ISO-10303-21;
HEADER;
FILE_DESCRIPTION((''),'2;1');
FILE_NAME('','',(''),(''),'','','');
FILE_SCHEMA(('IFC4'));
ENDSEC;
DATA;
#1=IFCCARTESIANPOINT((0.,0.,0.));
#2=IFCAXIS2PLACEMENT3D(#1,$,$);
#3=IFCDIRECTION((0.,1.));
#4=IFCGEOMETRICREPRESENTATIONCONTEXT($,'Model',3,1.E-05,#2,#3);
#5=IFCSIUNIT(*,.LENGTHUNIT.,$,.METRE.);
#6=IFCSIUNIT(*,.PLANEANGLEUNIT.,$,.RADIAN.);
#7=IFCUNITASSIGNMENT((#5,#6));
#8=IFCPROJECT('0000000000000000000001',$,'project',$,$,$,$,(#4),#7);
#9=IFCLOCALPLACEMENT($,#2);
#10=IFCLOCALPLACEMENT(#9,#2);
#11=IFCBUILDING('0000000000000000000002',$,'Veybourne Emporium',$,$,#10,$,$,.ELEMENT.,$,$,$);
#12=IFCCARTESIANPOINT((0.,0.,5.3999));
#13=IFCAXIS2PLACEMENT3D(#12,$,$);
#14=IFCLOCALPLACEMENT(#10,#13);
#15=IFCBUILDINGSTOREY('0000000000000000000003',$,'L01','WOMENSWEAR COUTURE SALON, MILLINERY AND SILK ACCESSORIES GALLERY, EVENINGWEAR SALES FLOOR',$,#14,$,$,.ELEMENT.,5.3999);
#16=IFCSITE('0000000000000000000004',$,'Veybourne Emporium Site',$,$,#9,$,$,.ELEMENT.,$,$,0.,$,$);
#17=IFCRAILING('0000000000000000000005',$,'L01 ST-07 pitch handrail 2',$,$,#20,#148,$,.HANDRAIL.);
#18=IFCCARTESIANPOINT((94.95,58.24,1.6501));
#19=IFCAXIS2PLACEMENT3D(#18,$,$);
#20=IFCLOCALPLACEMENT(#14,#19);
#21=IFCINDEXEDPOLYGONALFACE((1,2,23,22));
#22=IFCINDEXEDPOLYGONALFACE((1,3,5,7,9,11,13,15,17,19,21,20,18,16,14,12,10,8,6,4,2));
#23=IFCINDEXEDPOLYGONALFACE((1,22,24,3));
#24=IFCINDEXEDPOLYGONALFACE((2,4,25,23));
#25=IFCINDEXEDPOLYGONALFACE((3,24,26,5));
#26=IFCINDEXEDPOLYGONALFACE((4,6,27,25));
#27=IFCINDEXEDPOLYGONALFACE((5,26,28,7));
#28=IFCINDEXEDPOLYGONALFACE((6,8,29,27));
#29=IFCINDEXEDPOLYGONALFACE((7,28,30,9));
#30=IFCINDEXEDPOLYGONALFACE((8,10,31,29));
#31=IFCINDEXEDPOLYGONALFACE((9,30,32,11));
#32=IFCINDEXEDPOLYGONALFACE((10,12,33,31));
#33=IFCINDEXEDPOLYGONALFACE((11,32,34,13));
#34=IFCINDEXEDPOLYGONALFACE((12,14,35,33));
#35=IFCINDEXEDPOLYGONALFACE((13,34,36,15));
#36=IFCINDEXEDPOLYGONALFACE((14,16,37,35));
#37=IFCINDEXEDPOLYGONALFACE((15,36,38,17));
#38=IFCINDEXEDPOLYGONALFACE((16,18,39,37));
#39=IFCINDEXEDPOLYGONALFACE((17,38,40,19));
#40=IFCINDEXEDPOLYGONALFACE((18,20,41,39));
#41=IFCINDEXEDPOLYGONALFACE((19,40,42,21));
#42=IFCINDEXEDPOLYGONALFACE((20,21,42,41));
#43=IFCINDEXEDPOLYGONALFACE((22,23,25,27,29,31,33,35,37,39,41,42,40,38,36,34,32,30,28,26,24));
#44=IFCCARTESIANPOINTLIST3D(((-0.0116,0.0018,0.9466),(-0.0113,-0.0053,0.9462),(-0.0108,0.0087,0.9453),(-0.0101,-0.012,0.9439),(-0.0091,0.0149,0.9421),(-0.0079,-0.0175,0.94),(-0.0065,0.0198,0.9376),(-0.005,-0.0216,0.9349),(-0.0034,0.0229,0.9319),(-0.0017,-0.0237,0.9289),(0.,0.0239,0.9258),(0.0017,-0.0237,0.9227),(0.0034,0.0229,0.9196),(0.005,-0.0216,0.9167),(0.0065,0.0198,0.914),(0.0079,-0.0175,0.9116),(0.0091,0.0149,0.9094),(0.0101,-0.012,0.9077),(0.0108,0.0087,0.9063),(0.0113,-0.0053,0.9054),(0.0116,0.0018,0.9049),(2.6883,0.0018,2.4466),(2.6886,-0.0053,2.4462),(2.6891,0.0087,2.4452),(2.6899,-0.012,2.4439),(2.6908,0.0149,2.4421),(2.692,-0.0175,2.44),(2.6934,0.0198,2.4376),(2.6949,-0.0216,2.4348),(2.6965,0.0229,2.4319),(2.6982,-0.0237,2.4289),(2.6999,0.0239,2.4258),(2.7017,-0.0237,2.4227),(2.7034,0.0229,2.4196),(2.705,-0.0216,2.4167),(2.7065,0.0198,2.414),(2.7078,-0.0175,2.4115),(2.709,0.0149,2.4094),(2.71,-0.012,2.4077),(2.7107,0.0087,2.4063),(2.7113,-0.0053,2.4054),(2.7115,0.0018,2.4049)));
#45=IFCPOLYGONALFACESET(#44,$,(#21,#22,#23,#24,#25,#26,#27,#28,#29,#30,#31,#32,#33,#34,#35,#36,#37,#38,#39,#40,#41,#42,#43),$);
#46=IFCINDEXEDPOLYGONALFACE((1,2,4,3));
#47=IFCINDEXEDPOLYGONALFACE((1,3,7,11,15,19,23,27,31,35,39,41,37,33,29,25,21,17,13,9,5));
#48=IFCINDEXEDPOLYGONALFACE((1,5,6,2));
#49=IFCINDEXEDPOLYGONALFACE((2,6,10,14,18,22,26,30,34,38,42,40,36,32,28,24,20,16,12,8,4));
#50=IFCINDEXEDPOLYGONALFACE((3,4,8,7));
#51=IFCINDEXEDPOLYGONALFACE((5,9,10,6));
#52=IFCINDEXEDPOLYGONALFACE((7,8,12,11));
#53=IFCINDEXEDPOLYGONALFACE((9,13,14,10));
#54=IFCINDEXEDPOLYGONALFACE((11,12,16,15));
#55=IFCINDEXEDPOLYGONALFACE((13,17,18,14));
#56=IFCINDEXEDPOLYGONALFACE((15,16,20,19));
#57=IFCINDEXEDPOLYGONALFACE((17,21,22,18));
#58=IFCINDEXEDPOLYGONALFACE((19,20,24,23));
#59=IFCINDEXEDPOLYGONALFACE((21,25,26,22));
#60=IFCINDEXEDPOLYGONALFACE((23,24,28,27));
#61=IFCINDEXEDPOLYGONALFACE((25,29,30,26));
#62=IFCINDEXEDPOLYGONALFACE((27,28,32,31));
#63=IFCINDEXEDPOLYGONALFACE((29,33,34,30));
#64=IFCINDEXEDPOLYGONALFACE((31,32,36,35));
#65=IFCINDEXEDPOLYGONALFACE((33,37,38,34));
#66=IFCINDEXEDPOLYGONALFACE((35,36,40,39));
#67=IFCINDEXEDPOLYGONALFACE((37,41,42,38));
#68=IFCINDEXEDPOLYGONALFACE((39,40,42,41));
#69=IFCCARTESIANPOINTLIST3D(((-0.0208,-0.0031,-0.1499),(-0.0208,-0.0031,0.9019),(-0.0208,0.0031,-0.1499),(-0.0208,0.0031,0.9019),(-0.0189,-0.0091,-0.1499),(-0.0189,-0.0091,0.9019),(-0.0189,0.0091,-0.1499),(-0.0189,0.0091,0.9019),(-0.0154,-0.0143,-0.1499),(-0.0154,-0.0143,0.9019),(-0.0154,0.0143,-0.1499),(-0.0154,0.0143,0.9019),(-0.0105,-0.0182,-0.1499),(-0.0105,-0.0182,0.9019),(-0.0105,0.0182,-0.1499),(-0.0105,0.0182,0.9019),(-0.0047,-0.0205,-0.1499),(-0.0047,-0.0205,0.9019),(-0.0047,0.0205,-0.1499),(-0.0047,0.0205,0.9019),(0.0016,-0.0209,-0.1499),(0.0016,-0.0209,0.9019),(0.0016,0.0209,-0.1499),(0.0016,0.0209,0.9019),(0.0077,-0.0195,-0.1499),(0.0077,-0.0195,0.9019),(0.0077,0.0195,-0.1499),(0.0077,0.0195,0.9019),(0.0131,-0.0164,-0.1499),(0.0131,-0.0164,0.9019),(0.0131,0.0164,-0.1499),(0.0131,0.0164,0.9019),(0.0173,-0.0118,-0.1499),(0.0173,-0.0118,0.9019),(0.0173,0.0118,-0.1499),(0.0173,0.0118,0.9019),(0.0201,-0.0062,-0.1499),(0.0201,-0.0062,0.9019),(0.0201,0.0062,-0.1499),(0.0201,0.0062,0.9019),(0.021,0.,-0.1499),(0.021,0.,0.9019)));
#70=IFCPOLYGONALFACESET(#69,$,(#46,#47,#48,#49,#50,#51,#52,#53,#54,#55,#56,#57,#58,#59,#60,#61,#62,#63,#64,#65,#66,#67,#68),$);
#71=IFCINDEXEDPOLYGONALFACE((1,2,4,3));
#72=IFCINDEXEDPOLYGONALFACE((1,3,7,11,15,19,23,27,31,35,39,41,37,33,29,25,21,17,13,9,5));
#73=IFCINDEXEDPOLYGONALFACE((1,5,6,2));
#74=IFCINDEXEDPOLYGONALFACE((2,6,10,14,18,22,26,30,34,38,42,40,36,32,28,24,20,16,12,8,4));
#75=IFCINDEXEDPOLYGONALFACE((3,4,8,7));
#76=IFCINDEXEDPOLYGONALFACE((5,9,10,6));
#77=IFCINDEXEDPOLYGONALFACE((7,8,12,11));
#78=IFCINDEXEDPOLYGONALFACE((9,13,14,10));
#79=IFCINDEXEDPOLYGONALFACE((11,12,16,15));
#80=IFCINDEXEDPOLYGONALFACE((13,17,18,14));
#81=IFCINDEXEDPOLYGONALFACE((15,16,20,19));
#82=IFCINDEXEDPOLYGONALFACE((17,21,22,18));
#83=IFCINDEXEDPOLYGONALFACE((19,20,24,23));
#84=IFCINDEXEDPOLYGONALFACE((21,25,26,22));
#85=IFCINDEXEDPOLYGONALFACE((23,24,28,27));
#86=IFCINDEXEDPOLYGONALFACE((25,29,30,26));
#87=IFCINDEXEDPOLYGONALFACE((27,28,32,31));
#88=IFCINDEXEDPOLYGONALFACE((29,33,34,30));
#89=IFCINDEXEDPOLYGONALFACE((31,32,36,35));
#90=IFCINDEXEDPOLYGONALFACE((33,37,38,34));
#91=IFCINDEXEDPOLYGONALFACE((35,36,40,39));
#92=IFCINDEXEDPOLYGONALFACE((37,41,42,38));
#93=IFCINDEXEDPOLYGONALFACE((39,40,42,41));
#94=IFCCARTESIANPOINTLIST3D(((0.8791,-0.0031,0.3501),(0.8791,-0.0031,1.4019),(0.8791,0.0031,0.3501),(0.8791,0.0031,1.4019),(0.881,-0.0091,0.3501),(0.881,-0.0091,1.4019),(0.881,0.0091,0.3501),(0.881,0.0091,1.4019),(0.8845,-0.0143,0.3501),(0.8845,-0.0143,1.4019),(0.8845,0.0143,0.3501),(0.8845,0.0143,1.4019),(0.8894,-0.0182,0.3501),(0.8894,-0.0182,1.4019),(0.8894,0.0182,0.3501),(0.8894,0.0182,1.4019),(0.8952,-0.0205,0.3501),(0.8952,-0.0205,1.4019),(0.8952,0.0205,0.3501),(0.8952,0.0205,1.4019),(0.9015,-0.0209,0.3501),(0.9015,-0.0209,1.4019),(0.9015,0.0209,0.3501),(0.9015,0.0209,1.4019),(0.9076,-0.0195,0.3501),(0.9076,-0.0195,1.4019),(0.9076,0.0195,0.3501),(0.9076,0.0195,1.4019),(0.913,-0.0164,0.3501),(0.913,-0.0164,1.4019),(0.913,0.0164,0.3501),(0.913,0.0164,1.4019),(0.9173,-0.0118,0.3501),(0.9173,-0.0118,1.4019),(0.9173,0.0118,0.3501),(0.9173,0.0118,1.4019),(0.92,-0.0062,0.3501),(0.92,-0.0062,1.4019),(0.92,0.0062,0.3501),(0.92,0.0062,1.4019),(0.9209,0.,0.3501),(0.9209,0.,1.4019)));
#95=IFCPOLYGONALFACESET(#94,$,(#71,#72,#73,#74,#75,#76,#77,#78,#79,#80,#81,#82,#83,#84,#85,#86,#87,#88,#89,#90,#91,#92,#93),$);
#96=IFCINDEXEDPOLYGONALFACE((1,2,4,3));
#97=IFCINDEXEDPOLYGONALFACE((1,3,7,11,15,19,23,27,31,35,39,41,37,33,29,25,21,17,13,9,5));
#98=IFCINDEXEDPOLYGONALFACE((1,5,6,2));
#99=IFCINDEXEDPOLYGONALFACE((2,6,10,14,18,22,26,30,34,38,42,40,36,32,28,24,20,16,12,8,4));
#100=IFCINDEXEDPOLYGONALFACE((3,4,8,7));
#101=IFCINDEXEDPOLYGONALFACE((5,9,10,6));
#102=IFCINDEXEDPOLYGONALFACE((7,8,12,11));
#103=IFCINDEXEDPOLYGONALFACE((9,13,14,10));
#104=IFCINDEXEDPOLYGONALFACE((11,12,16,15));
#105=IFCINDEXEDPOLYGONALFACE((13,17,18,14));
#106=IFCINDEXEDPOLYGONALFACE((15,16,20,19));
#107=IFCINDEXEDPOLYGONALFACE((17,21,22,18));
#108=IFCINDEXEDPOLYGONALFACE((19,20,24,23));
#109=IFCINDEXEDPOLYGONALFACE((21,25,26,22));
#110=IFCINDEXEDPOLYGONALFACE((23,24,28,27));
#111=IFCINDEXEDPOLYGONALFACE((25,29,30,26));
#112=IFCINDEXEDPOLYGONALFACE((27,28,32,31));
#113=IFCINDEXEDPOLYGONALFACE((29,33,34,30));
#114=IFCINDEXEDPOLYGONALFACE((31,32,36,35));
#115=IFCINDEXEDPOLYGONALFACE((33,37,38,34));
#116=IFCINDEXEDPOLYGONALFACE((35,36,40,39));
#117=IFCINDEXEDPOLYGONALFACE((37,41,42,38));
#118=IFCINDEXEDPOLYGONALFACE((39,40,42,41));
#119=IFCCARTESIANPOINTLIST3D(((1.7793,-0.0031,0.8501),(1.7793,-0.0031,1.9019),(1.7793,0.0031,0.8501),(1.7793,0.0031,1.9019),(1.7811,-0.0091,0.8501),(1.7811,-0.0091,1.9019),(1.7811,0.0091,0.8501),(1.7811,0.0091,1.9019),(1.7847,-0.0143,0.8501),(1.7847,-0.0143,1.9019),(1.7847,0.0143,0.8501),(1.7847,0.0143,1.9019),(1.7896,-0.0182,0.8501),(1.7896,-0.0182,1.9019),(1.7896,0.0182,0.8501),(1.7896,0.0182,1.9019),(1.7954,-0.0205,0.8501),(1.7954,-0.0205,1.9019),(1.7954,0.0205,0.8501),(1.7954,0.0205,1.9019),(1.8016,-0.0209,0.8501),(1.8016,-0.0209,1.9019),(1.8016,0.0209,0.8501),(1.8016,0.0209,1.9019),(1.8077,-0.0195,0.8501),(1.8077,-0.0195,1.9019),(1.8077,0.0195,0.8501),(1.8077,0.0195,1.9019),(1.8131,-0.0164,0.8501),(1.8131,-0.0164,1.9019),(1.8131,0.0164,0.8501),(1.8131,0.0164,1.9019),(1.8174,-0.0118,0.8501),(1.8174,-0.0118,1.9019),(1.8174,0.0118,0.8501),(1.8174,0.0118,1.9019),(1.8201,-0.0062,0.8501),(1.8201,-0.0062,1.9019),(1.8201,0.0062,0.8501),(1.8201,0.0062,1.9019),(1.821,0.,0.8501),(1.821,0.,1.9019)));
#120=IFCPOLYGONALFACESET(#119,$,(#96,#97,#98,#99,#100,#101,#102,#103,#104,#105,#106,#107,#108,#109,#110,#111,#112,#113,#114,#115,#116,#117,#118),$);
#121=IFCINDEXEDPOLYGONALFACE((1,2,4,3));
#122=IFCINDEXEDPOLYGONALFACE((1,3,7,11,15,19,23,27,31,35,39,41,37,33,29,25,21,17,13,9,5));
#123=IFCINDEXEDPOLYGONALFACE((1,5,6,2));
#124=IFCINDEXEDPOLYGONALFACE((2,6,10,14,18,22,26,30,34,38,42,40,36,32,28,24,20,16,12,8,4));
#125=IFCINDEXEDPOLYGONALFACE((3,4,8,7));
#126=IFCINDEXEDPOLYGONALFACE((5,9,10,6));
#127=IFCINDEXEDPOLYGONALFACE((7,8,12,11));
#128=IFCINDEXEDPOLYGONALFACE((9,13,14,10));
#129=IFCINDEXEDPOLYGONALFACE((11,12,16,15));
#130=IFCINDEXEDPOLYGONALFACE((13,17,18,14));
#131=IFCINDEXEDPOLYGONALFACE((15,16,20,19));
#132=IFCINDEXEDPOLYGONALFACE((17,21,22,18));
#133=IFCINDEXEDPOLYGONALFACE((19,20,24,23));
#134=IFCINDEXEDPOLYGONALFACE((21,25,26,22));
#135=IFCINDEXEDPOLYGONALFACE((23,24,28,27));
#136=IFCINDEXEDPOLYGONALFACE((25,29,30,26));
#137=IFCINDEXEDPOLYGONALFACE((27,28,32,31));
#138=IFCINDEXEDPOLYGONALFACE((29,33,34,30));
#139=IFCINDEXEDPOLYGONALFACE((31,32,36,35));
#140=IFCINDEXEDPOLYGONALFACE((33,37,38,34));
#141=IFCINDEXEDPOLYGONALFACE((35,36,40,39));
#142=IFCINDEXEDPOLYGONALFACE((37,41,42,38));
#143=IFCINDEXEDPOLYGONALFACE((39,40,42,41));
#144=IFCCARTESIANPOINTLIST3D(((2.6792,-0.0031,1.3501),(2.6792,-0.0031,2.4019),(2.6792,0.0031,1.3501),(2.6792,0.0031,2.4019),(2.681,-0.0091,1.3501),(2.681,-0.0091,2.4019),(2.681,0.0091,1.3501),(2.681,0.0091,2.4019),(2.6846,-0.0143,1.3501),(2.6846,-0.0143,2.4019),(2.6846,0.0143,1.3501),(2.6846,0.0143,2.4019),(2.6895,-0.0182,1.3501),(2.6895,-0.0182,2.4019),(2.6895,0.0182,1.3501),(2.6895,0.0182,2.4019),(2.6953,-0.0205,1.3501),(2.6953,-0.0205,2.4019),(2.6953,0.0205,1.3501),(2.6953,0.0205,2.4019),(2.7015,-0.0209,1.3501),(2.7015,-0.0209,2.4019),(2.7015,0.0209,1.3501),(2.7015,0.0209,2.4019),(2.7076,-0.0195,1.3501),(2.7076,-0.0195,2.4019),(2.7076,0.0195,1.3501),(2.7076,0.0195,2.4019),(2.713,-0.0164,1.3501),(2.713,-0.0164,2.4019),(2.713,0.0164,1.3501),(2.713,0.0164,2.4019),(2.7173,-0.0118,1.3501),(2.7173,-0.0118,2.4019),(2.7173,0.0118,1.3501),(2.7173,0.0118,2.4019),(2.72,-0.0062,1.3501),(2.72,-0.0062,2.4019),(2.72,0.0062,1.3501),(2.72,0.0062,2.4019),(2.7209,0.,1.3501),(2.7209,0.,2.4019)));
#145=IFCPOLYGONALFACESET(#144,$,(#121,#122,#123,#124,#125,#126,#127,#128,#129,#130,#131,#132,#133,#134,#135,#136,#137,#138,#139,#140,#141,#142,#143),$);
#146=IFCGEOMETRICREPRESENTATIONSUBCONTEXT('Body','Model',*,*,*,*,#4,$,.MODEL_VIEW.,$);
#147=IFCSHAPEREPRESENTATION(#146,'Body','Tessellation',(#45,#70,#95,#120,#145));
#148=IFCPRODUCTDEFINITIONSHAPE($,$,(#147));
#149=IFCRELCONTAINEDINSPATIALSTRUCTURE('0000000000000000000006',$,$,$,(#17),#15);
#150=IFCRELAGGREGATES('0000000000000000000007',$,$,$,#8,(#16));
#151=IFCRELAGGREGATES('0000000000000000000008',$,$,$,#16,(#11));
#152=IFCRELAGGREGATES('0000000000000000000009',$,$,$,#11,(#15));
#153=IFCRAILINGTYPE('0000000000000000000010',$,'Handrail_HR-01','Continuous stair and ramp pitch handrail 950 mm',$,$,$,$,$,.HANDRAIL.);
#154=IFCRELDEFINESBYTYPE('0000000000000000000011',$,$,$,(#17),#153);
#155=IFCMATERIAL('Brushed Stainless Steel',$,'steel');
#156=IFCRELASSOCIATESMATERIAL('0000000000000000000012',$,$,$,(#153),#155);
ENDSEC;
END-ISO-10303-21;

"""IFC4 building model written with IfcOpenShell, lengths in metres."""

from ifc_helpers import new_model, si_unit, direction, frame, origin, origin_2d, place, context, subcontext, project, spatial, circle, extrude, material, type_object, element, save


model = new_model("IFC4")

# Units and contexts
model_context = context("Model", 3, precision=1e-05, world=origin(), true_north=direction((0.0, 1.0)))
body_context = subcontext(model_context, "Body", "Model", "MODEL_VIEW")
ifc_project = project(units=[si_unit("LENGTHUNIT", "METRE"), si_unit("PLANEANGLEUNIT", "RADIAN")], contexts=[model_context])

# Site, building, storey
site_placement = place(None, origin())
site = spatial("IfcSite", under=ifc_project, at=site_placement, Name="Veybourne Emporium Site", CompositionType="ELEMENT", RefElevation=0.0)
building_placement = place(site_placement, origin())
building = spatial("IfcBuilding", under=site, at=building_placement, Name="Veybourne Emporium", CompositionType="ELEMENT")
storey_placement = place(building_placement, frame((0.0, 0.0, 5.3999)))
storey = spatial("IfcBuildingStorey", under=building, at=storey_placement, Name="L01", Description="WOMENSWEAR COUTURE SALON, MILLINERY AND SILK ACCESSORIES GALLERY, EVENINGWEAR SALES FLOOR", CompositionType="ELEMENT", Elevation=5.3999)

# Railing
ifc_material_1 = material(Name="Brushed Stainless Steel", Category="steel")
railing_type_1 = type_object("IfcRailingType", Name="Handrail_HR-01", Description="Continuous stair and ramp pitch handrail 950 mm", PredefinedType="HANDRAIL", material=ifc_material_1)
railing_1_placement = place(storey_placement, frame((94.95, 58.24, 1.6501)))
element("IfcRailing", 1, at=railing_1_placement, inside=storey, type_object=railing_type_1, Name="L01 ST-07 pitch handrail 2", PredefinedType="HANDRAIL", context=body_context, shape_type="SweptSolid", body=[
    extrude(circle(Radius=0.0239, at=origin_2d()), frame((0.0, 0.0, 0.9258), z_axis=(0.874154, 0.0, 0.48565), x_axis=(0.0, 1.0, 0.0)), (0.0, 0.0, 1.0), 3.0886),
    extrude(circle(Radius=0.021, at=origin_2d()), frame((0.0, 0.0, -0.1499)), (0.0, 0.0, 1.0), 1.0518),
    extrude(circle(Radius=0.021, at=origin_2d()), frame((0.8999, 0.0, 0.3501)), (0.0, 0.0, 1.0), 1.0518),
    extrude(circle(Radius=0.021, at=origin_2d()), frame((1.8, 0.0, 0.8501)), (0.0, 0.0, 1.0), 1.0518),
    extrude(circle(Radius=0.021, at=origin_2d()), frame((2.7, 0.0, 1.3501)), (0.0, 0.0, 1.0), 1.0518),
])

save(model, "model.ifc")
